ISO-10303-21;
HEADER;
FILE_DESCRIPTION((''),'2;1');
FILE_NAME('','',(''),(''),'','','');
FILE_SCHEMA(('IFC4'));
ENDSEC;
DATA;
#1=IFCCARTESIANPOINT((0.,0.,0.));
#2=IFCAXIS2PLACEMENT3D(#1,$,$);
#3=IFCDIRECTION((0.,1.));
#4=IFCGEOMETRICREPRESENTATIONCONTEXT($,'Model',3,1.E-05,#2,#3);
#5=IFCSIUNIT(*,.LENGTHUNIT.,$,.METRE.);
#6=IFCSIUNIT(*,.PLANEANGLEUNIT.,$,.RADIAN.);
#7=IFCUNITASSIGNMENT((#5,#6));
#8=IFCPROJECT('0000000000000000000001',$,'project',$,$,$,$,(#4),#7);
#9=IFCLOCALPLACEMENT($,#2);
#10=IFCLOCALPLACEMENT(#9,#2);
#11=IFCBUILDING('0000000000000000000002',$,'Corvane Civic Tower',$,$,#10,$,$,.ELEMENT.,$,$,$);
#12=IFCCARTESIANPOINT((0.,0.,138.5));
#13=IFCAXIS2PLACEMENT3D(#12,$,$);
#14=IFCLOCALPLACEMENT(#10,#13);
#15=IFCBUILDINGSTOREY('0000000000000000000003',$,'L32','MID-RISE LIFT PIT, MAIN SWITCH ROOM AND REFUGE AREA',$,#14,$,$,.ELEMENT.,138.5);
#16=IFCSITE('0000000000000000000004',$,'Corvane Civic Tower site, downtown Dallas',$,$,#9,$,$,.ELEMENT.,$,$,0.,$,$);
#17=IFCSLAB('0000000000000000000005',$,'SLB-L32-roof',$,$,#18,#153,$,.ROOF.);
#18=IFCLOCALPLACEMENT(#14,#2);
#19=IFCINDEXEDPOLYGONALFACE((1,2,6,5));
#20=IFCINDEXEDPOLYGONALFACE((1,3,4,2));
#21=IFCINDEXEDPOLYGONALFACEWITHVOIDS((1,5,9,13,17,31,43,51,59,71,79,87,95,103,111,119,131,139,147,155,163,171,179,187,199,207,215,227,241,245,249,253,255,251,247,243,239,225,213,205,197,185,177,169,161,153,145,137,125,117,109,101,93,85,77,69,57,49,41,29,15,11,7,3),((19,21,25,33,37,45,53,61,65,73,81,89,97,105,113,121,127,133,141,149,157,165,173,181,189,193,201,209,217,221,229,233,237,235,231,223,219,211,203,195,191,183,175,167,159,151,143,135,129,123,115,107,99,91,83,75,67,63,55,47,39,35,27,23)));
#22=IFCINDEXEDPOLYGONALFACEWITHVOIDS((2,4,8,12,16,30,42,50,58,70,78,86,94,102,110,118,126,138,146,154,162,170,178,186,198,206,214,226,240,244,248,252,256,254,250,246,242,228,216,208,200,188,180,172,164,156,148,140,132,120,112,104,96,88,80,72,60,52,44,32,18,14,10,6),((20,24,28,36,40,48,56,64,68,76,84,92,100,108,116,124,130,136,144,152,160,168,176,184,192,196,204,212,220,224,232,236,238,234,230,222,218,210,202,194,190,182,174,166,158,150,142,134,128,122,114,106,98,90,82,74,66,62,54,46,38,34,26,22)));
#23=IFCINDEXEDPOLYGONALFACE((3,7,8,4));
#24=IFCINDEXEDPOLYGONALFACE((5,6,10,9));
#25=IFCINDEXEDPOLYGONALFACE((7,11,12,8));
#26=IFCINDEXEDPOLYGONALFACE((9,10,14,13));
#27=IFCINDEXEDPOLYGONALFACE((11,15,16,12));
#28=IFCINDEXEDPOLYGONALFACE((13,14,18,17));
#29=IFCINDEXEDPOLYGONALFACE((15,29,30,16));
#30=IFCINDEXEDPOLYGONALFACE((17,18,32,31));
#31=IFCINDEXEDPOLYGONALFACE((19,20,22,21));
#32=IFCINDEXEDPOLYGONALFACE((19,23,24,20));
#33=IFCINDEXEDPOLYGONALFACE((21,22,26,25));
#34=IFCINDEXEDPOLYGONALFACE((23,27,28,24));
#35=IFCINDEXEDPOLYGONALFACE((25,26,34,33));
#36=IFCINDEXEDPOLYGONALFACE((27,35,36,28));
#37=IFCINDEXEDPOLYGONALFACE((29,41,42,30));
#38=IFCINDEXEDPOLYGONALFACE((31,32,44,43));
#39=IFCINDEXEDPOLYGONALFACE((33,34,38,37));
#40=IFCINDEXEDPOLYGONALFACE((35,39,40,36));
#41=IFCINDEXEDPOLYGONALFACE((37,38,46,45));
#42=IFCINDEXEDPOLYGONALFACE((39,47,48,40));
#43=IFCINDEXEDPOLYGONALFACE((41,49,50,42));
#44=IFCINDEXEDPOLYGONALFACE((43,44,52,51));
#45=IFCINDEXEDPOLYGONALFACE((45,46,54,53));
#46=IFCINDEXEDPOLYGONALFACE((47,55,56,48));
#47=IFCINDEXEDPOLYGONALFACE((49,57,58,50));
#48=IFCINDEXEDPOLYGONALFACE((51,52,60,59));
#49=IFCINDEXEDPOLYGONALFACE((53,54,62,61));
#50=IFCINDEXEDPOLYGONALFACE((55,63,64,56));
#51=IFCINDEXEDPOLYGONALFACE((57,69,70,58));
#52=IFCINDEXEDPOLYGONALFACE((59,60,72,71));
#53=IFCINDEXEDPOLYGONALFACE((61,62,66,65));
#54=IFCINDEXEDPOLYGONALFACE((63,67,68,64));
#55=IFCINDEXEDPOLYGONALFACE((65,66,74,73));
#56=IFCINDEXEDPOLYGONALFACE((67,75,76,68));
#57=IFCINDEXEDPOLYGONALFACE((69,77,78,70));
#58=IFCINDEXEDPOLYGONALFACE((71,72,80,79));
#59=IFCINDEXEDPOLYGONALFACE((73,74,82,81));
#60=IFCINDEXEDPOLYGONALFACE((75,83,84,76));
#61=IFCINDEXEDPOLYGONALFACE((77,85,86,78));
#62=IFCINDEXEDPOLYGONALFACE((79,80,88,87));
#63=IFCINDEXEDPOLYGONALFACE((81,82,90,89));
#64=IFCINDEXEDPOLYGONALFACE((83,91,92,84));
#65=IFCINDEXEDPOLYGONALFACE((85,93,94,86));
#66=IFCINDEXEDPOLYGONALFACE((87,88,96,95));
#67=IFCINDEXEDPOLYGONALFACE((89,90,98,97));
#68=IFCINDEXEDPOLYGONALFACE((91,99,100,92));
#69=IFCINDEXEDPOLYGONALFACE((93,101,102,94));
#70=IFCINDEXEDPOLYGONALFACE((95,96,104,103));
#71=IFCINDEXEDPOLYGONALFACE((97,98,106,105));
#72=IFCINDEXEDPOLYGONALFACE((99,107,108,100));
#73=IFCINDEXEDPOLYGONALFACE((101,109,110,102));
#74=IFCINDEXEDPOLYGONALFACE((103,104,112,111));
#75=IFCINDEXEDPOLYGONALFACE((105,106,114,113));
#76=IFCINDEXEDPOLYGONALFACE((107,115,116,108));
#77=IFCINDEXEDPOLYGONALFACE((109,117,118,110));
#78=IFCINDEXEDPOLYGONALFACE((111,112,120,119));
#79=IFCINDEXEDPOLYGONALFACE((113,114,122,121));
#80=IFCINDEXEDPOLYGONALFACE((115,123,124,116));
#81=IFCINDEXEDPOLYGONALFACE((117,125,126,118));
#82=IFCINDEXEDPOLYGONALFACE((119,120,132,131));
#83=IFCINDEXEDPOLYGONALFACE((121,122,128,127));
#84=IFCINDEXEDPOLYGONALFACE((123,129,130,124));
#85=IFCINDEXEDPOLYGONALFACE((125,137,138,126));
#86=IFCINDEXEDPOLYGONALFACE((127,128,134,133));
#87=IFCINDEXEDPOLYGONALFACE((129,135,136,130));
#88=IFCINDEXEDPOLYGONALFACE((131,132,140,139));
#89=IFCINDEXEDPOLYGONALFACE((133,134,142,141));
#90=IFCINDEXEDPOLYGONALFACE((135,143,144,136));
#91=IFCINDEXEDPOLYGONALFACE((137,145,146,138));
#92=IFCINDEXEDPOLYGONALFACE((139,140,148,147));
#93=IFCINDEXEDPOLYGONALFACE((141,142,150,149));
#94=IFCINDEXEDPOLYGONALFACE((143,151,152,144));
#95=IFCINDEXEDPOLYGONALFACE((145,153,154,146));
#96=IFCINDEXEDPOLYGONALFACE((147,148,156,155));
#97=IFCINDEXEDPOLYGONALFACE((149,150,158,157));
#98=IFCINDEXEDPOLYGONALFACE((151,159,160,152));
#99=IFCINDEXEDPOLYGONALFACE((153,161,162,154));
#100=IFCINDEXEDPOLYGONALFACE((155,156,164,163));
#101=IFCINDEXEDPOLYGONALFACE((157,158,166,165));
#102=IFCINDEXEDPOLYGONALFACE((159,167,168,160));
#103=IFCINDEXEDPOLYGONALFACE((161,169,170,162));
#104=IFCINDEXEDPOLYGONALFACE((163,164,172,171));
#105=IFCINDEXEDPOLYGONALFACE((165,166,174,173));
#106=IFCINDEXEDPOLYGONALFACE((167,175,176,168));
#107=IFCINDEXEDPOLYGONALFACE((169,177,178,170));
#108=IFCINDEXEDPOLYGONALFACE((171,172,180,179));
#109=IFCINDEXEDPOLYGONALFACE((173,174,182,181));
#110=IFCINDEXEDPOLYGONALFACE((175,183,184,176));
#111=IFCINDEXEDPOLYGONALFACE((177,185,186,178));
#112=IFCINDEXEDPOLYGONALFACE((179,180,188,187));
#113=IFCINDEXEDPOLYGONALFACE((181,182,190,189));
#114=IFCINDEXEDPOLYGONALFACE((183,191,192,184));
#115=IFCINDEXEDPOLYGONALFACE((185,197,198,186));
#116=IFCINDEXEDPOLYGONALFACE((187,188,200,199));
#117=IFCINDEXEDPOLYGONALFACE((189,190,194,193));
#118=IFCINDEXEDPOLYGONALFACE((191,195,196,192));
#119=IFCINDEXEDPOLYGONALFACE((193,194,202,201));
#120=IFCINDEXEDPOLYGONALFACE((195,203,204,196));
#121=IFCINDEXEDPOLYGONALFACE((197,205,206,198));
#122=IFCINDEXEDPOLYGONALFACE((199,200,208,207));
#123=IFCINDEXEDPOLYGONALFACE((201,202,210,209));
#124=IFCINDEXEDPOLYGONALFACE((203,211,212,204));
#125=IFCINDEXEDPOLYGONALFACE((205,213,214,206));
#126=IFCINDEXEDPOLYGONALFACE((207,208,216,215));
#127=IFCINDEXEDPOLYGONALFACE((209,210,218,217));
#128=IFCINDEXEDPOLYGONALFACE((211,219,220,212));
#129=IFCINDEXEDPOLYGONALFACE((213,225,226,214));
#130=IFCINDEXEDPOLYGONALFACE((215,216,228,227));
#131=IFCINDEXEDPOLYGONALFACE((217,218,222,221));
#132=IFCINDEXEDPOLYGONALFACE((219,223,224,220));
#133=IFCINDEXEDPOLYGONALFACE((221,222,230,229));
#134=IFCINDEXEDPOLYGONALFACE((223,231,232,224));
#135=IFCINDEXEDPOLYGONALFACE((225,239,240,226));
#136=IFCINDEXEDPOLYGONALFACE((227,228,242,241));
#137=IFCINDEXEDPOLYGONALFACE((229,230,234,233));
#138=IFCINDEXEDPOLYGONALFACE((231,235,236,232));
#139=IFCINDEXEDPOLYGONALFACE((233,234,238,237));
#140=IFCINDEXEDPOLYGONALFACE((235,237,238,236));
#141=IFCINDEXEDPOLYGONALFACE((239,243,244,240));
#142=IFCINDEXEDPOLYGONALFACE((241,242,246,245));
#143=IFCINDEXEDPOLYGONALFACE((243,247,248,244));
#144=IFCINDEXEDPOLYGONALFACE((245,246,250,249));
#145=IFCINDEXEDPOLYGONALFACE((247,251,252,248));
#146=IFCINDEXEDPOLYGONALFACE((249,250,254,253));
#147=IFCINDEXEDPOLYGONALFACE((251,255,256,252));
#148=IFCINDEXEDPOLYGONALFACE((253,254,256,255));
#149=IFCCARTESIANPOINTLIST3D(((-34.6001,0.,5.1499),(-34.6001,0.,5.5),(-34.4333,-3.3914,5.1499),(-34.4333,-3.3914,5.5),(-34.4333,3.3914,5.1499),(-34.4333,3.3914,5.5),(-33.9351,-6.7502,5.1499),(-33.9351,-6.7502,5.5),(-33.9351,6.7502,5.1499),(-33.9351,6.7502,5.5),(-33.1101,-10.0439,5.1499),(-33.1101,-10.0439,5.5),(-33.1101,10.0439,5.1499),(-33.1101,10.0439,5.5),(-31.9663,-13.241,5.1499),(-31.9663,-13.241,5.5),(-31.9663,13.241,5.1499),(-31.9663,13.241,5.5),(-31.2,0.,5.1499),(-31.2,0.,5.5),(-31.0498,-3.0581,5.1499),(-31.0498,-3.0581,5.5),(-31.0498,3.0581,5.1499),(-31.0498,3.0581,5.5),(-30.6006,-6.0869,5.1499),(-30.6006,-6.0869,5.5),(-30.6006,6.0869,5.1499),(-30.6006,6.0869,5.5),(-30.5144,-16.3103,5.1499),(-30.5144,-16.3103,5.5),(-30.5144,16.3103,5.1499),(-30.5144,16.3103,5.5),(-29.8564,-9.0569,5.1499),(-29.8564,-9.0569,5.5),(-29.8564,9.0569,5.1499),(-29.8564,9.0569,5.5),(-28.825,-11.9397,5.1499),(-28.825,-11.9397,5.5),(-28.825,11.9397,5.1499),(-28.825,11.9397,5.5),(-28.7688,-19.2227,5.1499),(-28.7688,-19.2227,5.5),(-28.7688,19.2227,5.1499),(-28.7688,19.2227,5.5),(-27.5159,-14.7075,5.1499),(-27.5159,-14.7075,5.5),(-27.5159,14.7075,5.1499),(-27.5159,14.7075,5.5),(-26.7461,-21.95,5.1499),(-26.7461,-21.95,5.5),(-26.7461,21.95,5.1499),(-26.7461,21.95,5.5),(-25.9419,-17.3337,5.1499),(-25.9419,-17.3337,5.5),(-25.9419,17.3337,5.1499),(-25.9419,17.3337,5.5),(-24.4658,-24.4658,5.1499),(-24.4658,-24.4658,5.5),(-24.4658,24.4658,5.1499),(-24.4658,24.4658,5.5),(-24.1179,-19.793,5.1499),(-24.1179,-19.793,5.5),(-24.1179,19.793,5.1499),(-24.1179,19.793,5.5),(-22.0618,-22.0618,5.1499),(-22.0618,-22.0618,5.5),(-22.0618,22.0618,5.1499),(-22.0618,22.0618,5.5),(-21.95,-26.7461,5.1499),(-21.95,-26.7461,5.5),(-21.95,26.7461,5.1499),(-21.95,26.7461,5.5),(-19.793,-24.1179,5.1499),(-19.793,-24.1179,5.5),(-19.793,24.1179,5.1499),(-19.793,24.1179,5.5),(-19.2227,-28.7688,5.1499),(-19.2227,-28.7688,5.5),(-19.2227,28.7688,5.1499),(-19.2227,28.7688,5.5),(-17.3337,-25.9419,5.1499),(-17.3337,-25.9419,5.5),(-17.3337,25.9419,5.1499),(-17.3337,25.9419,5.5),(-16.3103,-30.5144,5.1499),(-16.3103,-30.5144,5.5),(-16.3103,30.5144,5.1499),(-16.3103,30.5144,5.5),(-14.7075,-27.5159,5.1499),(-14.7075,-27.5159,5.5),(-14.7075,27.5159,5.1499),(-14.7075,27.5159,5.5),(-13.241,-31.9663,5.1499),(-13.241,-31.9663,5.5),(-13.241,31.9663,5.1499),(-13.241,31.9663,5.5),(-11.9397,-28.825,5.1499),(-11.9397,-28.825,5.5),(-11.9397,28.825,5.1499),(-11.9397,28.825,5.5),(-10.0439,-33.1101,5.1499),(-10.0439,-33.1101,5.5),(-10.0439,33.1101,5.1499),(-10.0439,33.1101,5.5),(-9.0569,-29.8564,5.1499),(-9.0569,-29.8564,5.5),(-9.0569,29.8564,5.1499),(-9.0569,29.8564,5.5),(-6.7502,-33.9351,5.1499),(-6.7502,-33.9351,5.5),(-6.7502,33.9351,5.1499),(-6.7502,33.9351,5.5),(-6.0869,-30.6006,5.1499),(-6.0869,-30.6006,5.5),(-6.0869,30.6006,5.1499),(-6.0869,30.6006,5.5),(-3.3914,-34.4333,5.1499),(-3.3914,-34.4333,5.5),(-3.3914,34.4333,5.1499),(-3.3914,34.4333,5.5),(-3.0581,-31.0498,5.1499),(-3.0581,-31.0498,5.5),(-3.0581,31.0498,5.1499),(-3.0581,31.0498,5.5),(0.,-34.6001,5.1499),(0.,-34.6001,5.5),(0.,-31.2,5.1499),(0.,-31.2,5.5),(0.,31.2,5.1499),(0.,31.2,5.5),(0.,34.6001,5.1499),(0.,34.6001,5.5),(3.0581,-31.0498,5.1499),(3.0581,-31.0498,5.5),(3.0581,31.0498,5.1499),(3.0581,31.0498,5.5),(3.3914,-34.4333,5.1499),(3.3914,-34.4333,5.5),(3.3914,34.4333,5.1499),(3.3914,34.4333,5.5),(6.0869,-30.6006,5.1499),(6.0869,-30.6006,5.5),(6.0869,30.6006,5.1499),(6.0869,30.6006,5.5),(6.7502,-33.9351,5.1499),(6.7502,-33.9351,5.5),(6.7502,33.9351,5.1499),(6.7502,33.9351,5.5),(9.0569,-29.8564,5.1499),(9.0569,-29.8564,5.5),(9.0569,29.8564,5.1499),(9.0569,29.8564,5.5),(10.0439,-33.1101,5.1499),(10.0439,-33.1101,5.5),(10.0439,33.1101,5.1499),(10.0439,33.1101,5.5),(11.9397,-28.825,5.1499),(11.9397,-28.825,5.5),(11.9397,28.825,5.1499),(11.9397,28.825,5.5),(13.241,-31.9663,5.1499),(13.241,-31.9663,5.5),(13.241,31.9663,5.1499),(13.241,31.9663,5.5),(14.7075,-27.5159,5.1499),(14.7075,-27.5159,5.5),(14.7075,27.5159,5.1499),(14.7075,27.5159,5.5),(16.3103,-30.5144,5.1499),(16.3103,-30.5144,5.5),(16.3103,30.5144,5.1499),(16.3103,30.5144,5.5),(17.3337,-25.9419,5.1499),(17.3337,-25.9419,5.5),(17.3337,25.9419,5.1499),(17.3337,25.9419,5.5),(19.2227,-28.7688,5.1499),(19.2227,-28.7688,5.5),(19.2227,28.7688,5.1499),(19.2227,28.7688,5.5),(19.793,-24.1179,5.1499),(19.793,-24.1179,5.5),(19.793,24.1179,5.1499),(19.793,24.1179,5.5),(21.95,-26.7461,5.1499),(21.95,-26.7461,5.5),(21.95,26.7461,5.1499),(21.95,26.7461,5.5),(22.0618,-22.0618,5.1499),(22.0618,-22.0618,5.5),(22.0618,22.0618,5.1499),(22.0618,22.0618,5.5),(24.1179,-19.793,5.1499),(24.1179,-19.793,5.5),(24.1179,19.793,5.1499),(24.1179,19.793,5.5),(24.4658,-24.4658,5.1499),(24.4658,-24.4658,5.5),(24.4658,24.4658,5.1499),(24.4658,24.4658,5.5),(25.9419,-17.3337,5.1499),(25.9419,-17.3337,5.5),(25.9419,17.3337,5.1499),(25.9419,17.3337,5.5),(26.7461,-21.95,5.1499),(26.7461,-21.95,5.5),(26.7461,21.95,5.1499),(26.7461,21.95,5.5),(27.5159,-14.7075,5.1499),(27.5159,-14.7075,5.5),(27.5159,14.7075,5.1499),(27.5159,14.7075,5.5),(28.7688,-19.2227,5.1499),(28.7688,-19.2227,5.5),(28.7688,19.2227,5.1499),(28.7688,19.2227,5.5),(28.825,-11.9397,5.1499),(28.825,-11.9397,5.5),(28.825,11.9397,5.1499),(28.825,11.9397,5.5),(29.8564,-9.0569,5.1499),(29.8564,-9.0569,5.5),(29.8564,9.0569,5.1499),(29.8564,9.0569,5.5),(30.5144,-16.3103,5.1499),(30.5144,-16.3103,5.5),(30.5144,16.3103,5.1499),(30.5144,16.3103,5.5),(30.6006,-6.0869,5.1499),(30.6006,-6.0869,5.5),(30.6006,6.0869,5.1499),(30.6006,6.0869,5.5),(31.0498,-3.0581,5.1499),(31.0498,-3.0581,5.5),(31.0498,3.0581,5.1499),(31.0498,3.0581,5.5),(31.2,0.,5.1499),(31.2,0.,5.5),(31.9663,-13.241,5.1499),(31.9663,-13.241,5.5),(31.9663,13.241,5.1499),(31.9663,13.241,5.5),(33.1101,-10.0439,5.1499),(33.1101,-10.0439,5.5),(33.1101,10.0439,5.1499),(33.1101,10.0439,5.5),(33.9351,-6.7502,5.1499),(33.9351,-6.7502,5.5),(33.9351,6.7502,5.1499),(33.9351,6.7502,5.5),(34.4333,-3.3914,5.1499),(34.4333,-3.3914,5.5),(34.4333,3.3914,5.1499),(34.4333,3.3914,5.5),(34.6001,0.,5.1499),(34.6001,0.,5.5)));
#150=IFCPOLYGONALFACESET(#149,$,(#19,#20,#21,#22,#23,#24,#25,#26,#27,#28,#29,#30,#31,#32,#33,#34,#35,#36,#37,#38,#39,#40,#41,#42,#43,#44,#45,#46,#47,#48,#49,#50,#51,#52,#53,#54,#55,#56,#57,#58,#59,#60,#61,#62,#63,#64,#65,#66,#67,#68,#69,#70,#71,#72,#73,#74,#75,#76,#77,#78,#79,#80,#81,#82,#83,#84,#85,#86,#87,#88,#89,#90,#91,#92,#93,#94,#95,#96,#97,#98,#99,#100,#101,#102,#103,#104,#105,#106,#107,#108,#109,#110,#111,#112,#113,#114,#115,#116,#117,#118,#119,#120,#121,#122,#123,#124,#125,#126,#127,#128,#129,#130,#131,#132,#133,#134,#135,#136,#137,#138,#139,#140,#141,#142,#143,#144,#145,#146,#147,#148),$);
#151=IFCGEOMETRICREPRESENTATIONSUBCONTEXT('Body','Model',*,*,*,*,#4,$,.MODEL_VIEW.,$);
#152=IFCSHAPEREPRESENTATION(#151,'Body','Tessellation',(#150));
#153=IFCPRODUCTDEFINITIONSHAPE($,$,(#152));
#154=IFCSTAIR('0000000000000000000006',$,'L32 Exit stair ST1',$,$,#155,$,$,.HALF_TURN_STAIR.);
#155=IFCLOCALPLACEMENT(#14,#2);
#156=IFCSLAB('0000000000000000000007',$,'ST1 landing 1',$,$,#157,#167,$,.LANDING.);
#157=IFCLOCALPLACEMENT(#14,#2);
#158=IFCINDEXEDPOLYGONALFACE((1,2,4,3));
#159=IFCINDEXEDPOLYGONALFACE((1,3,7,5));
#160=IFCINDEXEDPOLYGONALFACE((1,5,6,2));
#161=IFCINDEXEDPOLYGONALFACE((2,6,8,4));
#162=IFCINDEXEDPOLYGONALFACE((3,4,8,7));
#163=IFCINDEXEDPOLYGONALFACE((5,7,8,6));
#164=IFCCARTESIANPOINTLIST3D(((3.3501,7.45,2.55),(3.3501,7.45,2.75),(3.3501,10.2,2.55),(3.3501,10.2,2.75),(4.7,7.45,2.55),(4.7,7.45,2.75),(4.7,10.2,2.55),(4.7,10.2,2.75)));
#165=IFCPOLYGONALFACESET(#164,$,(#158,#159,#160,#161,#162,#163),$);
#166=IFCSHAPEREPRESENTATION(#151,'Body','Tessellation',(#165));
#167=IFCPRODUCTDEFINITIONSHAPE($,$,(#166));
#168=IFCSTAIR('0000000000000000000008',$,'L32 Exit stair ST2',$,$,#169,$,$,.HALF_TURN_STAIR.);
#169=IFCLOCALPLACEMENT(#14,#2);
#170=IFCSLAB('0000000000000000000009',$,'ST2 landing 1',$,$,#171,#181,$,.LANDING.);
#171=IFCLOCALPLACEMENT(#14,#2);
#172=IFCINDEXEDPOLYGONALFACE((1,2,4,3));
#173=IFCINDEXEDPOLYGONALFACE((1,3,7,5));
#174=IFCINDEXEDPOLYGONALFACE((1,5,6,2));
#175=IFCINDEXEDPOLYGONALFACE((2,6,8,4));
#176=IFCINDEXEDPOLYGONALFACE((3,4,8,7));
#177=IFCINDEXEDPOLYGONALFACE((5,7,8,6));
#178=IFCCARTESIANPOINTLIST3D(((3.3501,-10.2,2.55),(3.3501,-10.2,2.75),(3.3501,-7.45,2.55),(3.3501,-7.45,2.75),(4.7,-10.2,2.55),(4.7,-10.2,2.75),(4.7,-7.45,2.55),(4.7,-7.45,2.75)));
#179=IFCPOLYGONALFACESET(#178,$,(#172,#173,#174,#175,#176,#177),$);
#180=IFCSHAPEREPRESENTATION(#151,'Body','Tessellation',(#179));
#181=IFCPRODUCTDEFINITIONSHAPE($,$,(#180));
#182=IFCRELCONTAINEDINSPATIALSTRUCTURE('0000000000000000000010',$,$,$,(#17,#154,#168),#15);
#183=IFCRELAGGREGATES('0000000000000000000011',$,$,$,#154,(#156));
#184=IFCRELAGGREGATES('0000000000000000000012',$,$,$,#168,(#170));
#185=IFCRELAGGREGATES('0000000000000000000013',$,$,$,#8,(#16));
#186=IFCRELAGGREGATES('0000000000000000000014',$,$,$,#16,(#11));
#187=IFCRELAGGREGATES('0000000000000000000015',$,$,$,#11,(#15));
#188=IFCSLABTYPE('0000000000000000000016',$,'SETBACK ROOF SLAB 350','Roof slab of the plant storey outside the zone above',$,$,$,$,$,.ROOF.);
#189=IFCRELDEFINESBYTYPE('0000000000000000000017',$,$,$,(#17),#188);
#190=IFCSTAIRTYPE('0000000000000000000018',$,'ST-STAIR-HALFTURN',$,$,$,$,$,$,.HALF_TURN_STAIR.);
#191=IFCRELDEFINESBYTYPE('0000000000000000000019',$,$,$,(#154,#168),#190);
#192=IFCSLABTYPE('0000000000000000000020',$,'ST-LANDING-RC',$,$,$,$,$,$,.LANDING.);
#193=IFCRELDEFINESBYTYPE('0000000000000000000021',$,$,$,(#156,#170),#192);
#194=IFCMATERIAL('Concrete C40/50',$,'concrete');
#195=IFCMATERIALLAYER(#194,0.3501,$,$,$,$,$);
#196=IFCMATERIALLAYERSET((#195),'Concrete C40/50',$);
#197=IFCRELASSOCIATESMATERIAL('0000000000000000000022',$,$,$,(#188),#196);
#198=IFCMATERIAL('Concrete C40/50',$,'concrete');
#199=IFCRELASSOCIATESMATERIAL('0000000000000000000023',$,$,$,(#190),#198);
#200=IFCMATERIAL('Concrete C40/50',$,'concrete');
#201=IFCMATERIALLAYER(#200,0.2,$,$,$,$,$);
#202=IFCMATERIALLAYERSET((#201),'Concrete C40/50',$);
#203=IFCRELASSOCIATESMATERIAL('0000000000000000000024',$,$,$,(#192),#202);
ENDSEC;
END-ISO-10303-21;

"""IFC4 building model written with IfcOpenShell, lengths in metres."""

from ifc_helpers import new_model, si_unit, direction, frame, origin, place, context, subcontext, project, spatial, polyline, outline, extrude, material, layer, layer_set, type_object, element, aggregate, save


model = new_model("IFC4")

# Units and contexts
model_context = context("Model", 3, precision=1e-05, world=origin(), true_north=direction((0.0, 1.0)))
body_context = subcontext(model_context, "Body", "Model", "MODEL_VIEW")
ifc_project = project(units=[si_unit("LENGTHUNIT", "METRE"), si_unit("PLANEANGLEUNIT", "RADIAN")], contexts=[model_context])

# Site, building, storey
site_placement = place(None, origin())
site = spatial("IfcSite", under=ifc_project, at=site_placement, Name="Corvane Civic Tower site, downtown Dallas", CompositionType="ELEMENT", RefElevation=0.0)
building_placement = place(site_placement, origin())
building = spatial("IfcBuilding", under=site, at=building_placement, Name="Corvane Civic Tower", CompositionType="ELEMENT")
storey_placement = place(building_placement, frame((0.0, 0.0, 138.5)))
storey = spatial("IfcBuildingStorey", under=building, at=storey_placement, Name="L32", Description="MID-RISE LIFT PIT, MAIN SWITCH ROOM AND REFUGE AREA", CompositionType="ELEMENT", Elevation=138.5)

# Slab
ifc_material_1 = material(Name="Concrete C40/50", Category="concrete")
ifc_layer_1 = layer(ifc_material_1, 0.3501)
ifc_layer_set_1 = layer_set([ifc_layer_1], Name="Concrete C40/50")
slab_type_1 = type_object("IfcSlabType", Name="SETBACK ROOF SLAB 350", Description="Roof slab of the plant storey outside the zone above", PredefinedType="ROOF", material=ifc_layer_set_1)
slab_1_placement = place(storey_placement, frame((0.0, 0.0, 5.1499)))
element("IfcSlab", 1, at=slab_1_placement, inside=storey, type_object=slab_type_1, Name="SLB-L32-roof", PredefinedType="ROOF", context=body_context, shape_type="SweptSolid", body=[
    extrude(outline(polyline([(0.0, 34.6001), (-3.3914, 34.4333), (-6.7502, 33.9351), (-10.0439, 33.1101), (-13.241, 31.9663), (-16.3103, 30.5144), (-19.2227, 28.7688), (-21.95, 26.7461), (-24.4658, 24.4658), (-26.7461, 21.95), (-28.7688, 19.2227), (-30.5144, 16.3103), (-31.9663, 13.241), (-33.1101, 10.0439), (-33.9351, 6.7502), (-34.4333, 3.3914), (-34.6001, 0.0), (-34.4333, -3.3914), (-33.9351, -6.7502), (-33.1101, -10.0439), (-31.9663, -13.241), (-30.5144, -16.3103), (-28.7688, -19.2227), (-26.7461, -21.95), (-24.4658, -24.4658), (-21.95, -26.7461), (-19.2227, -28.7688), (-16.3103, -30.5144), (-13.241, -31.9663), (-10.0439, -33.1101), (-6.7502, -33.9351), (-3.3914, -34.4333), (0.0, -34.6001), (3.3914, -34.4333), (6.7502, -33.9351), (10.0439, -33.1101), (13.241, -31.9663), (16.3103, -30.5144), (19.2227, -28.7688), (21.95, -26.7461), (24.4658, -24.4658), (26.7461, -21.95), (28.7688, -19.2227), (30.5144, -16.3103), (31.9663, -13.241), (33.1101, -10.0439), (33.9351, -6.7502), (34.4333, -3.3914), (34.6001, 0.0), (34.4333, 3.3914), (33.9351, 6.7502), (33.1101, 10.0439), (31.9663, 13.241), (30.5144, 16.3103), (28.7688, 19.2227), (26.7461, 21.95), (24.4658, 24.4658), (21.95, 26.7461), (19.2227, 28.7688), (16.3103, 30.5144), (13.241, 31.9663), (10.0439, 33.1101), (6.7502, 33.9351), (3.3914, 34.4333), (0.0, 34.6001)]), holes=[polyline([(0.0, 31.2), (-3.0581, 31.0498), (-6.0869, 30.6006), (-9.0569, 29.8564), (-11.9397, 28.825), (-14.7075, 27.5159), (-17.3337, 25.9419), (-19.793, 24.1179), (-22.0618, 22.0618), (-24.1179, 19.793), (-25.9419, 17.3337), (-27.5159, 14.7075), (-28.825, 11.9397), (-29.8564, 9.0569), (-30.6006, 6.0869), (-31.0498, 3.0581), (-31.2, 0.0), (-31.0498, -3.0581), (-30.6006, -6.0869), (-29.8564, -9.0569), (-28.825, -11.9397), (-27.5159, -14.7075), (-25.9419, -17.3337), (-24.1179, -19.793), (-22.0618, -22.0618), (-19.793, -24.1179), (-17.3337, -25.9419), (-14.7075, -27.5159), (-11.9397, -28.825), (-9.0569, -29.8564), (-6.0869, -30.6006), (-3.0581, -31.0498), (0.0, -31.2), (3.0581, -31.0498), (6.0869, -30.6006), (9.0569, -29.8564), (11.9397, -28.825), (14.7075, -27.5159), (17.3337, -25.9419), (19.793, -24.1179), (22.0618, -22.0618), (24.1179, -19.793), (25.9419, -17.3337), (27.5159, -14.7075), (28.825, -11.9397), (29.8564, -9.0569), (30.6006, -6.0869), (31.0498, -3.0581), (31.2, 0.0), (31.0498, 3.0581), (30.6006, 6.0869), (29.8564, 9.0569), (28.825, 11.9397), (27.5159, 14.7075), (25.9419, 17.3337), (24.1179, 19.793), (22.0618, 22.0618), (19.793, 24.1179), (17.3337, 25.9419), (14.7075, 27.5159), (11.9397, 28.825), (9.0569, 29.8564), (6.0869, 30.6006), (3.0581, 31.0498), (0.0, 31.2)])]), origin(), (0.0, 0.0, 1.0), 0.3501),
])

# Stairs, slabs
ifc_material_2 = material(Name="Concrete C40/50", Category="concrete")
stair_type = type_object("IfcStairType", Name="ST-STAIR-HALFTURN", PredefinedType="HALF_TURN_STAIR", material=ifc_material_2)
stair_1_placement = place(storey_placement, origin())
stair_1 = element("IfcStair", 2, at=stair_1_placement, inside=storey, type_object=stair_type, Name="L32 Exit stair ST1", PredefinedType="HALF_TURN_STAIR")
ifc_material_3 = material(Name="Concrete C40/50", Category="concrete")
ifc_layer_2 = layer(ifc_material_3, 0.2)
ifc_layer_set_2 = layer_set([ifc_layer_2], Name="Concrete C40/50")
slab_type_2 = type_object("IfcSlabType", Name="ST-LANDING-RC", PredefinedType="LANDING", material=ifc_layer_set_2)
slab_2_placement = place(storey_placement, frame((0.0, 0.0, 2.55)))
slab_2 = element("IfcSlab", 3, at=slab_2_placement, type_object=slab_type_2, Name="ST1 landing 1", PredefinedType="LANDING", context=body_context, shape_type="SweptSolid", body=[
    extrude(outline(polyline([(4.7, 10.2), (3.3501, 10.2), (3.3501, 7.45), (4.7, 7.45), (4.7, 10.2)])), origin(), (0.0, 0.0, 1.0), 0.2),
])
aggregate(stair_1, [slab_2])
stair_2_placement = place(storey_placement, origin())
stair_2 = element("IfcStair", 4, at=stair_2_placement, inside=storey, type_object=stair_type, Name="L32 Exit stair ST2", PredefinedType="HALF_TURN_STAIR")
slab_3_placement = place(storey_placement, frame((0.0, 0.0, 2.55)))
slab_3 = element("IfcSlab", 5, at=slab_3_placement, type_object=slab_type_2, Name="ST2 landing 1", PredefinedType="LANDING", context=body_context, shape_type="SweptSolid", body=[
    extrude(outline(polyline([(4.7, -7.45), (3.3501, -7.45), (3.3501, -10.2), (4.7, -10.2), (4.7, -7.45)])), origin(), (0.0, 0.0, 1.0), 0.2),
])
aggregate(stair_2, [slab_3])

save(model, "model.ifc")
